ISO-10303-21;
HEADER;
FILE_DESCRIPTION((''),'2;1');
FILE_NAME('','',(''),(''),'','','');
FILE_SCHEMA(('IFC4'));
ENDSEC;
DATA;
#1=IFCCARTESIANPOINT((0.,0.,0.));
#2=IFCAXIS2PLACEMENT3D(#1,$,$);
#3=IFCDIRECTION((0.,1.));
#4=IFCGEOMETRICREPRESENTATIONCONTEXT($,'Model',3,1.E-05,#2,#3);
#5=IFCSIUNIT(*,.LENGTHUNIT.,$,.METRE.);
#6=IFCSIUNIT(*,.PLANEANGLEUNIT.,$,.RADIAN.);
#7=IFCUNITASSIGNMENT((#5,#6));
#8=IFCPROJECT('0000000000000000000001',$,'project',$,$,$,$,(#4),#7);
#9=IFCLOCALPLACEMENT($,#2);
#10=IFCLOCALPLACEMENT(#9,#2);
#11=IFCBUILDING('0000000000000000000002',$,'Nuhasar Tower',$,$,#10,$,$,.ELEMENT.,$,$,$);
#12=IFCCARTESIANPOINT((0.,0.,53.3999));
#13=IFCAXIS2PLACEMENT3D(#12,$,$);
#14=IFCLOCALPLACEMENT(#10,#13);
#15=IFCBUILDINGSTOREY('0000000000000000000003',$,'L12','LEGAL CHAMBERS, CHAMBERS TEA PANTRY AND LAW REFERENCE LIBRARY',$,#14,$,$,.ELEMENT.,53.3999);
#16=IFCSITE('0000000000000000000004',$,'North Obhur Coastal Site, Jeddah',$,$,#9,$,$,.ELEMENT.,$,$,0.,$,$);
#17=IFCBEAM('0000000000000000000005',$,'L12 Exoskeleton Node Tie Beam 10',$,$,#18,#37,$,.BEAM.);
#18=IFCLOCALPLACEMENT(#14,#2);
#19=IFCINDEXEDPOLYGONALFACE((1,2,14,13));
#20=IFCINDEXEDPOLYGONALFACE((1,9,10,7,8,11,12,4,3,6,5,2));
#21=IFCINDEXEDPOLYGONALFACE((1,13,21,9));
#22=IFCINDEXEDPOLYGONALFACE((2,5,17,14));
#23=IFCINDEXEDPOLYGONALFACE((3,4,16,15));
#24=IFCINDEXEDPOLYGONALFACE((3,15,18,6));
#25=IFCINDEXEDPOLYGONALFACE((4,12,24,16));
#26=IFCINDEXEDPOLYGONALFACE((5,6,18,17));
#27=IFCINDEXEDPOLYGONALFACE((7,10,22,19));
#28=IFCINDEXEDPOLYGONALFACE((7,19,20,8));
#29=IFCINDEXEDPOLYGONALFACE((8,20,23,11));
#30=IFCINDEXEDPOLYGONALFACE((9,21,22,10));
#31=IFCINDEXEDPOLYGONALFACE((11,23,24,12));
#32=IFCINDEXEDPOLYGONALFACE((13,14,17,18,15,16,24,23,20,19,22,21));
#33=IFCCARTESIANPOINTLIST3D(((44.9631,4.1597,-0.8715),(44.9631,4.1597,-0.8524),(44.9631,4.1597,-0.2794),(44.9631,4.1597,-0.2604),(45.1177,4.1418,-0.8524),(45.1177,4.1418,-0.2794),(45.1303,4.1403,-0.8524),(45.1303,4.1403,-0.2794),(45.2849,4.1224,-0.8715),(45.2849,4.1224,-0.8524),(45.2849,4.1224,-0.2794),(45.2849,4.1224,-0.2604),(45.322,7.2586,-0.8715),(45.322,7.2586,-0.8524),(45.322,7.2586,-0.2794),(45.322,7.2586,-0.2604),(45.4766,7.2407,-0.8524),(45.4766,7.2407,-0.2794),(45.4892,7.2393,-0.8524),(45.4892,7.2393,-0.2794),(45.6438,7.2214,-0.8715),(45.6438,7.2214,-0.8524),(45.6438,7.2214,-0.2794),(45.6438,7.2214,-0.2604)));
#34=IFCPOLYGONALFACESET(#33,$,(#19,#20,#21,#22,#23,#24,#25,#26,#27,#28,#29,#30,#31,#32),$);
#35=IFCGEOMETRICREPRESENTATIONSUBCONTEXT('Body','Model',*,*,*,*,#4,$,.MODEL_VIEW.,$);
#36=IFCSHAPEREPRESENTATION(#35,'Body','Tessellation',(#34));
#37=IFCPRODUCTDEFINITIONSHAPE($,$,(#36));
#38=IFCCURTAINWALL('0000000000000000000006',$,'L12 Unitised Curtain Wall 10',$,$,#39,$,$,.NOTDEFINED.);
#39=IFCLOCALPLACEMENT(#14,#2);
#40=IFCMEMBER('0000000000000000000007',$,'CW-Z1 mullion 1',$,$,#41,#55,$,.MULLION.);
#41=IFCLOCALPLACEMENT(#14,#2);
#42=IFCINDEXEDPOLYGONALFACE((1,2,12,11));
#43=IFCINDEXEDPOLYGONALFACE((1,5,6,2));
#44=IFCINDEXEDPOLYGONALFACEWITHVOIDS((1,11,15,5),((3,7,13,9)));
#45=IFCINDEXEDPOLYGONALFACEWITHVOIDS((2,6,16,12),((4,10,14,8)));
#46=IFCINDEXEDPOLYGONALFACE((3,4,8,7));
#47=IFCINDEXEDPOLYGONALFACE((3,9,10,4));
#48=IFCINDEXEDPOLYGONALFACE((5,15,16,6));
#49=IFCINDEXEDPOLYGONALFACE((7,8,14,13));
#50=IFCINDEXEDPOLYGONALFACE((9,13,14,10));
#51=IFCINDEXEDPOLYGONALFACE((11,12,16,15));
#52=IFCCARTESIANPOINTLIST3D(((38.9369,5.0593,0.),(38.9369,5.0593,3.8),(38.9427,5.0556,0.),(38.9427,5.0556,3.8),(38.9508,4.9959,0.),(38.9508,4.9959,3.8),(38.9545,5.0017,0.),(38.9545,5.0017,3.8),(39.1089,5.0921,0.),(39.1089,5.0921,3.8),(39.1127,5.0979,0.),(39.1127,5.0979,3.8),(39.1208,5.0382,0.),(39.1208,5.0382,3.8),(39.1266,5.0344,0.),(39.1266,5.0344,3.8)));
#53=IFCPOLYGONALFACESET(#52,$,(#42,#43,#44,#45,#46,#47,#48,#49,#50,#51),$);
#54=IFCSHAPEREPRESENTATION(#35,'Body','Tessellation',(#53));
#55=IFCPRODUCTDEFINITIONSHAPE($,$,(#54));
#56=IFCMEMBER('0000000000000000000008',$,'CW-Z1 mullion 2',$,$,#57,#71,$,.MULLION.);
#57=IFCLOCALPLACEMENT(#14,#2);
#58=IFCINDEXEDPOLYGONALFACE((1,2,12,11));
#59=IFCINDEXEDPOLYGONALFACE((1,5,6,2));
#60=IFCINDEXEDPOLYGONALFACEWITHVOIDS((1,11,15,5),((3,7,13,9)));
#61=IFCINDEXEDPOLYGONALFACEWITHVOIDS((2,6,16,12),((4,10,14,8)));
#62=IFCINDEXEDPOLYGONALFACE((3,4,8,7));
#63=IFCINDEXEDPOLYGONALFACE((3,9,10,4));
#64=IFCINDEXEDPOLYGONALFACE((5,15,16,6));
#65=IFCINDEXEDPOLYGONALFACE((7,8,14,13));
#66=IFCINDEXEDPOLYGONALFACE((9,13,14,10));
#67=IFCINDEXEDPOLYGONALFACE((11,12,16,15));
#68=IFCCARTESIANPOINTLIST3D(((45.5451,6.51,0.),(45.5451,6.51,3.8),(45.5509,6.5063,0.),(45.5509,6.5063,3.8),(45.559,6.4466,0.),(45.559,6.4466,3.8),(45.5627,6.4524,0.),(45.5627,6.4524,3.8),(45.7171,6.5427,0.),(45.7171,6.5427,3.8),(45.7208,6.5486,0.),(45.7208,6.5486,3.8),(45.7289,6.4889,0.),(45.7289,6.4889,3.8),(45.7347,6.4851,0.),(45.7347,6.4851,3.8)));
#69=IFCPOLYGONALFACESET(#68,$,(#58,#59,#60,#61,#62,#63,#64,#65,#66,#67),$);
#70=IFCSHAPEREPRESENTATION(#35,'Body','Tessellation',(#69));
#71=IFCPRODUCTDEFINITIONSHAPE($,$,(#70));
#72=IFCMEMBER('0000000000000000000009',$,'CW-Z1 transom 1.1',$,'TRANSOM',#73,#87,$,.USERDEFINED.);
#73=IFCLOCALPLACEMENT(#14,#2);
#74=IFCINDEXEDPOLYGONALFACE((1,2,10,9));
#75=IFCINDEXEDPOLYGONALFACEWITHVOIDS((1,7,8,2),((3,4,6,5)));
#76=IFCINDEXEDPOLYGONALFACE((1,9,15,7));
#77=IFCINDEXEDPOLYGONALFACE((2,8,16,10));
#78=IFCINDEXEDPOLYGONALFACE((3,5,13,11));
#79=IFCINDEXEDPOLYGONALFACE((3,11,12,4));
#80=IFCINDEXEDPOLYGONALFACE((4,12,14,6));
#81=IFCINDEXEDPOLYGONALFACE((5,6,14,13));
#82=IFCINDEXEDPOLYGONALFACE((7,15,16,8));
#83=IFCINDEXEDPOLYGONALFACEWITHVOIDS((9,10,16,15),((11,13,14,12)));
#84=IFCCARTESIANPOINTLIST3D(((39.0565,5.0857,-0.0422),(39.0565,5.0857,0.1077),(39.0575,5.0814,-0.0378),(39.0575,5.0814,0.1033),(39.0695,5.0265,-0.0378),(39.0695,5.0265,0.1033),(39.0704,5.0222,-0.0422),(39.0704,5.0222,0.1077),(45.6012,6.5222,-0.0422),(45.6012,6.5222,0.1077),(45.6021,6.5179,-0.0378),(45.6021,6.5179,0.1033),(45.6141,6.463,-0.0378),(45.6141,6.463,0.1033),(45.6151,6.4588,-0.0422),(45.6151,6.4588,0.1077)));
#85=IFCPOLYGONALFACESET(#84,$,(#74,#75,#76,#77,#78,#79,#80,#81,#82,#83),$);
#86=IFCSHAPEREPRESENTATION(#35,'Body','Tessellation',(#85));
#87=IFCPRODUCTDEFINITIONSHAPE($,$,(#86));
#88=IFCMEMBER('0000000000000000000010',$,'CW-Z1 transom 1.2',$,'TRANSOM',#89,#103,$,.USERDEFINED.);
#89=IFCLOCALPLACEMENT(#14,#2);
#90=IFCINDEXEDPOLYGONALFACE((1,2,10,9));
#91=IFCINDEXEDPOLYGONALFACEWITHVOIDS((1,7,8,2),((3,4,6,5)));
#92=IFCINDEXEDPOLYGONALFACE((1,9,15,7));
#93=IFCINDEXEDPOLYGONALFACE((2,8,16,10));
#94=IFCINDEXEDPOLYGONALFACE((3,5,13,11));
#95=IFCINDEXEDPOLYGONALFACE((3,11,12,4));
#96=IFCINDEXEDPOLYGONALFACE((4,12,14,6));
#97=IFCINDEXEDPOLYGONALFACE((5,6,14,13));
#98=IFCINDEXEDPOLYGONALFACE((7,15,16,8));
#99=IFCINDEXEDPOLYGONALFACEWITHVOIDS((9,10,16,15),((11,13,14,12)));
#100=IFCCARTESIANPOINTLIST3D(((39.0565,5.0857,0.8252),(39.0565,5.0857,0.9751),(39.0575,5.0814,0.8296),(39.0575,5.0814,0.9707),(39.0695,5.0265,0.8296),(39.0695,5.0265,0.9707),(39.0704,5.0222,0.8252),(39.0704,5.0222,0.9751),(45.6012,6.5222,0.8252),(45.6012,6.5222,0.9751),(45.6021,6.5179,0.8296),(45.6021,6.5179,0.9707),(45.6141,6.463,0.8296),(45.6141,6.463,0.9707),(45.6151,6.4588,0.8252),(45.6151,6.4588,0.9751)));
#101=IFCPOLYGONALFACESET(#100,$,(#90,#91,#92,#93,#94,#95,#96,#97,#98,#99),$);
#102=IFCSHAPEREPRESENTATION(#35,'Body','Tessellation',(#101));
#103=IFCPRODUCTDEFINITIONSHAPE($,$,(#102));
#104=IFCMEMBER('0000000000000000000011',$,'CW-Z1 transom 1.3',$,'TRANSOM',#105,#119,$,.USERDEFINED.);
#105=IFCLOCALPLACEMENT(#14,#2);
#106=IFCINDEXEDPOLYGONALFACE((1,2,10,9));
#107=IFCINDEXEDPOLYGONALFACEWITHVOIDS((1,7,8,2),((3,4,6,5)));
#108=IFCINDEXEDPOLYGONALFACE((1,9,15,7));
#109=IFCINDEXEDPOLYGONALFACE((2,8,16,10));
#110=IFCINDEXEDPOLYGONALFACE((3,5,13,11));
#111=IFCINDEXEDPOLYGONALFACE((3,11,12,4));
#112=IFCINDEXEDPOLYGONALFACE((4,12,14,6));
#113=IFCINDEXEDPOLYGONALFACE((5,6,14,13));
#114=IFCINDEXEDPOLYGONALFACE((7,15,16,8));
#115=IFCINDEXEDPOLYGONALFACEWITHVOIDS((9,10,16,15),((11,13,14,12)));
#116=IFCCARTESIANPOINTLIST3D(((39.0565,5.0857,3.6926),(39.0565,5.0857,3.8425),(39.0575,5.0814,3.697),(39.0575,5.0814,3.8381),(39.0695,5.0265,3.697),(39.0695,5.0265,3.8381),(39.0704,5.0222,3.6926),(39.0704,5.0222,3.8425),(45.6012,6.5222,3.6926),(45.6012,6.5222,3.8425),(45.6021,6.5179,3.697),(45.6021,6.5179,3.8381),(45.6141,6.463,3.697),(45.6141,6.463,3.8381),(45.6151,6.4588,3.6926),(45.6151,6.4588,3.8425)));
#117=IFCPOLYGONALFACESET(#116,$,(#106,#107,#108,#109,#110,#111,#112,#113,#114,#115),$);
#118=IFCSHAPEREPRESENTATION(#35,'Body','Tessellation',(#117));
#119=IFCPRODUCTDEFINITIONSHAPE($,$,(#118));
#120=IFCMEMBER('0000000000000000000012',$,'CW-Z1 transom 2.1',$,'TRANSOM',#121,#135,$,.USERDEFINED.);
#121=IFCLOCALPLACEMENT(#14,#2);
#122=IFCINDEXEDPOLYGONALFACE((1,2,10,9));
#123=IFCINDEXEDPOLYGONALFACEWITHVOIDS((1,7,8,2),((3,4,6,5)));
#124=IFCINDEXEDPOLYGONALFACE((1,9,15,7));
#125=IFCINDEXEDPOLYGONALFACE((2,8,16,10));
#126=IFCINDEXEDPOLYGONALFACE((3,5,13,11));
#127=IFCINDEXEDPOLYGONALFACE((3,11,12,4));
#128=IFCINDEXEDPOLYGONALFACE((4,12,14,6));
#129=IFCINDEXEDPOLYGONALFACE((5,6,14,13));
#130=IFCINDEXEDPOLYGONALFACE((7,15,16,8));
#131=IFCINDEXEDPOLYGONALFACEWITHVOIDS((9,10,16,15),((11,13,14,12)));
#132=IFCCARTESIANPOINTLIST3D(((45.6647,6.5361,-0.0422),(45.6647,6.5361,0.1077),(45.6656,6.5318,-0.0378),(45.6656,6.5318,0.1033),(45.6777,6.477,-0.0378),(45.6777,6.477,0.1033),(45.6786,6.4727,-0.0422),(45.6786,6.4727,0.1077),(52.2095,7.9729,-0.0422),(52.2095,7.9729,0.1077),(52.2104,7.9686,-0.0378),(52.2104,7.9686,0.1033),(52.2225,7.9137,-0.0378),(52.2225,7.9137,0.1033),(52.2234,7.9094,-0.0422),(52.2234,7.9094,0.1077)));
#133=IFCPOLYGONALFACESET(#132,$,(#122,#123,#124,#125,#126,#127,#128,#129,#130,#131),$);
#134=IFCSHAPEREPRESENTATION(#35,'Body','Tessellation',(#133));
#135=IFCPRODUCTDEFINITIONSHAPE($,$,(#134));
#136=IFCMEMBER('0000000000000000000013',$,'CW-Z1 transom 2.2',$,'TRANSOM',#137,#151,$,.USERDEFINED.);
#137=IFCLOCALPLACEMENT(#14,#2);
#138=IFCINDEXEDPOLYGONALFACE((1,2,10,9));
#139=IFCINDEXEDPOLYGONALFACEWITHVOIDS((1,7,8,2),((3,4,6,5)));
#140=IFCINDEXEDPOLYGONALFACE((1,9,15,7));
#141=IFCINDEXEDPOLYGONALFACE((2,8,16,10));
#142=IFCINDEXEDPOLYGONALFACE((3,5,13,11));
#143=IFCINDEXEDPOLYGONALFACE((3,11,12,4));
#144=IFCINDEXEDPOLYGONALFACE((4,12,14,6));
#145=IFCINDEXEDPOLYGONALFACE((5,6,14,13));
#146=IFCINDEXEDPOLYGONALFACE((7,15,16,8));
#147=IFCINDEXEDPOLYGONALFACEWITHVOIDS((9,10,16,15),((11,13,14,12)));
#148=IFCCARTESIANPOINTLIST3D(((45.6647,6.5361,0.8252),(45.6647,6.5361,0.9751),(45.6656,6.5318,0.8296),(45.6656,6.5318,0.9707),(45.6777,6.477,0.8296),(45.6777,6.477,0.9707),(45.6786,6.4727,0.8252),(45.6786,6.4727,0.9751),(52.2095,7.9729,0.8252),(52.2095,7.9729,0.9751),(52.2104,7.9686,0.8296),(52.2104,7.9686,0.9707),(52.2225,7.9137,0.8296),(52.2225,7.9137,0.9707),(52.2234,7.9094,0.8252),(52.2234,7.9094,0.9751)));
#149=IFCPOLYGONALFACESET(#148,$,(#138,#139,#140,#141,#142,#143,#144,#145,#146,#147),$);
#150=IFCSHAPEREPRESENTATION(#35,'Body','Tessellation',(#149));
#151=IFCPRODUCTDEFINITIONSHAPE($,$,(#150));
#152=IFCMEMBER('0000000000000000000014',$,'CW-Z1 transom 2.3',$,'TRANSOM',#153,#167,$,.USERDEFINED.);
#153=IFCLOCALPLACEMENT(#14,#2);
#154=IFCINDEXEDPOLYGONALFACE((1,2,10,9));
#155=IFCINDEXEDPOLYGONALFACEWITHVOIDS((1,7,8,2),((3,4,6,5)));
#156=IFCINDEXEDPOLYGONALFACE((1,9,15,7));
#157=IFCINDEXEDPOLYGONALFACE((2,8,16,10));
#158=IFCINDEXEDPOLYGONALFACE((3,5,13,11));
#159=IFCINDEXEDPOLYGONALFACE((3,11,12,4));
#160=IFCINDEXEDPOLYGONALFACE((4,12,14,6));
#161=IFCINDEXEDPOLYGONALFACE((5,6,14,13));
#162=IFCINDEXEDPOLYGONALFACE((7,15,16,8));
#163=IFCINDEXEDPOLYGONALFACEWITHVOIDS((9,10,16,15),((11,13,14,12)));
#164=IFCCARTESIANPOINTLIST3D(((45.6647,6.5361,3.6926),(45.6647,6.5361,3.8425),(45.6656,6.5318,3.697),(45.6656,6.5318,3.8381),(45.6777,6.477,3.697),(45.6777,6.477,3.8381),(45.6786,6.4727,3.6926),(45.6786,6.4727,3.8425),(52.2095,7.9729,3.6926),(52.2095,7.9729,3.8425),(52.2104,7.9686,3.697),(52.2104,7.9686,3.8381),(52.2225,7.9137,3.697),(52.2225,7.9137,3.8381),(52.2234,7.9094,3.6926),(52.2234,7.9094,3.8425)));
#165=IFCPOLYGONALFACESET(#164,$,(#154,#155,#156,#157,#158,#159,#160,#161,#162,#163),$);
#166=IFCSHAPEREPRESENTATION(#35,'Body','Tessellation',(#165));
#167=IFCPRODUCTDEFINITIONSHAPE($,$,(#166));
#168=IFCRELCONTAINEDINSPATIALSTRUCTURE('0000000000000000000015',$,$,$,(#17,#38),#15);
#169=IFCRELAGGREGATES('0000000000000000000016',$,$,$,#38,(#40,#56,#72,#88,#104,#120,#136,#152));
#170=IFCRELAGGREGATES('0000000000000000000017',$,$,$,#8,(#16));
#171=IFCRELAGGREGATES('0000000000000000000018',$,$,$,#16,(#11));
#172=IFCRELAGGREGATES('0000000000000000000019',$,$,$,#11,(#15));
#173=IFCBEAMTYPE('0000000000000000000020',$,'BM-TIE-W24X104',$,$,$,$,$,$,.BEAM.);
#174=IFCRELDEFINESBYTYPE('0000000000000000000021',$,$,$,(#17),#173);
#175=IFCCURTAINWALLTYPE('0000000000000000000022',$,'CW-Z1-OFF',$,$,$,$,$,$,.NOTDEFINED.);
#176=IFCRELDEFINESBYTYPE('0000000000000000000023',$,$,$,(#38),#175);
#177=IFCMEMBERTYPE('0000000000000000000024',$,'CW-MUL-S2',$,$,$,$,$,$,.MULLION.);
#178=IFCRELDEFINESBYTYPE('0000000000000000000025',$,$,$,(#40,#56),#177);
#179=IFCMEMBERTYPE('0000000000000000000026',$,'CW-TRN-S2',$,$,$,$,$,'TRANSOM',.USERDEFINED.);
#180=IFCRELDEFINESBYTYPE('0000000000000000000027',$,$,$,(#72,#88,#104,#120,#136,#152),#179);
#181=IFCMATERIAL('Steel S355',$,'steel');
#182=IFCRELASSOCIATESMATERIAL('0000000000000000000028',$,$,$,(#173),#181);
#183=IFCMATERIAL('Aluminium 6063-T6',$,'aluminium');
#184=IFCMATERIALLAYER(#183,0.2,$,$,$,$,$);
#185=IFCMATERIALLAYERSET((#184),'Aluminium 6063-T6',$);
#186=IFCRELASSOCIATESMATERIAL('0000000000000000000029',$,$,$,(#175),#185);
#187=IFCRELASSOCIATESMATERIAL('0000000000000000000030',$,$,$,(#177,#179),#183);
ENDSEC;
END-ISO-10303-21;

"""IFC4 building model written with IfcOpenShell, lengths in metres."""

from ifc_helpers import new_model, si_unit, direction, frame, origin, origin_2d, place, context, subcontext, project, spatial, hollow_rectangle, i_section, extrude, material, layer, layer_set, material_profile, profile_set, type_object, element, aggregate, save


model = new_model("IFC4")

# Units and contexts
model_context = context("Model", 3, precision=1e-05, world=origin(), true_north=direction((0.0, 1.0)))
body_context = subcontext(model_context, "Body", "Model", "MODEL_VIEW")
ifc_project = project(units=[si_unit("LENGTHUNIT", "METRE"), si_unit("PLANEANGLEUNIT", "RADIAN")], contexts=[model_context])

# Site, building, storey
site_placement = place(None, origin())
site = spatial("IfcSite", under=ifc_project, at=site_placement, Name="North Obhur Coastal Site, Jeddah", CompositionType="ELEMENT", RefElevation=0.0)
building_placement = place(site_placement, origin())
building = spatial("IfcBuilding", under=site, at=building_placement, Name="Nuhasar Tower", CompositionType="ELEMENT")
storey_placement = place(building_placement, frame((0.0, 0.0, 53.3999)))
storey = spatial("IfcBuildingStorey", under=building, at=storey_placement, Name="L12", Description="LEGAL CHAMBERS, CHAMBERS TEA PANTRY AND LAW REFERENCE LIBRARY", CompositionType="ELEMENT", Elevation=53.3999)

# Beam
ifc_material_1 = material(Name="Steel S355", Category="steel")
ifc_material_profile_1 = material_profile(ifc_material_1, i_section(OverallWidth=0.324, OverallDepth=0.6111, WebThickness=0.0127, FlangeThickness=0.019, at=origin_2d()), Name="W24X104")
ifc_profile_set_1 = profile_set([ifc_material_profile_1], Name="Steel S355")
beam_type_1 = type_object("IfcBeamType", Name="BM-TIE-W24X104", PredefinedType="BEAM", material=ifc_profile_set_1)
beam_1_placement = place(storey_placement, frame((45.4829, 7.24, -0.5659), z_axis=(-0.115043, -0.993361, 0.0), x_axis=(0.993361, -0.115043, 0.0)))
element("IfcBeam", 1, at=beam_1_placement, inside=storey, type_object=beam_type_1, Name="L12 Exoskeleton Node Tie Beam 10", PredefinedType="BEAM", context=body_context, shape_type="SweptSolid", body=[
    extrude(i_section(OverallWidth=0.324, OverallDepth=0.6111, WebThickness=0.0127, FlangeThickness=0.019, at=origin_2d()), origin(), (0.0, 0.0, 1.0), 3.1196),
])

# Curtain wall, members
ifc_material_2 = material(Name="Aluminium 6063-T6", Category="aluminium")
ifc_layer_1 = layer(ifc_material_2, 0.2)
ifc_layer_set_1 = layer_set([ifc_layer_1], Name="Aluminium 6063-T6")
curtain_wall_type = type_object("IfcCurtainWallType", Name="CW-Z1-OFF", PredefinedType="NOTDEFINED", material=ifc_layer_set_1)
curtain_wall_placement = place(storey_placement, origin())
curtain_wall = element("IfcCurtainWall", 2, at=curtain_wall_placement, inside=storey, type_object=curtain_wall_type, Name="L12 Unitised Curtain Wall 10", PredefinedType="NOTDEFINED")
ifc_material_profile_2 = material_profile(ifc_material_2, hollow_rectangle(XDim=0.0649, YDim=0.1799, WallThickness=0.0049, at=origin_2d()), Name="CWM-2")
ifc_profile_set_2 = profile_set([ifc_material_profile_2], Name="Aluminium 6063-T6")
member_type_1 = type_object("IfcMemberType", Name="CW-MUL-S2", PredefinedType="MULLION", material=ifc_profile_set_2)
member_1_placement = place(storey_placement, frame((39.0317, 5.0469, 0.0), z_axis=(0.0, 0.0, 1.0), x_axis=(-0.214399, 0.976746, 0.0)))
member_1 = element("IfcMember", 3, at=member_1_placement, type_object=member_type_1, Name="CW-Z1 mullion 1", PredefinedType="MULLION", context=body_context, shape_type="SweptSolid", body=[
    extrude(hollow_rectangle(XDim=0.0649, YDim=0.1799, WallThickness=0.0049, at=origin_2d()), origin(), (0.0, 0.0, 1.0), 3.8),
])
member_2_placement = place(storey_placement, frame((45.6399, 6.4976, 0.0), z_axis=(0.0, 0.0, 1.0), x_axis=(-0.214399, 0.976746, 0.0)))
member_2 = element("IfcMember", 4, at=member_2_placement, type_object=member_type_1, Name="CW-Z1 mullion 2", PredefinedType="MULLION", context=body_context, shape_type="SweptSolid", body=[
    extrude(hollow_rectangle(XDim=0.0649, YDim=0.1799, WallThickness=0.0049, at=origin_2d()), origin(), (0.0, 0.0, 1.0), 3.8),
])
ifc_material_profile_3 = material_profile(ifc_material_2, hollow_rectangle(XDim=0.0649, YDim=0.1499, WallThickness=0.0044, at=origin_2d()), Name="CWT-2")
ifc_profile_set_3 = profile_set([ifc_material_profile_3], Name="Aluminium 6063-T6")
member_type_2 = type_object("IfcMemberType", Name="CW-TRN-S2", ElementType="TRANSOM", PredefinedType="USERDEFINED", material=ifc_profile_set_3)
member_3_placement = place(storey_placement, frame((39.0635, 5.054, 0.0327), z_axis=(0.976748, 0.214391, 0.0), x_axis=(-0.214391, 0.976748, 0.0)))
member_3 = element("IfcMember", 5, at=member_3_placement, type_object=member_type_2, Name="CW-Z1 transom 1.1", ObjectType="TRANSOM", PredefinedType="USERDEFINED", context=body_context, shape_type="SweptSolid", body=[
    extrude(hollow_rectangle(XDim=0.0649, YDim=0.1499, WallThickness=0.0044, at=origin_2d()), origin(), (0.0, 0.0, 1.0), 6.7004),
])
member_4_placement = place(storey_placement, frame((39.0635, 5.054, 0.9001), z_axis=(0.976748, 0.214391, 0.0), x_axis=(-0.214391, 0.976748, 0.0)))
member_4 = element("IfcMember", 6, at=member_4_placement, type_object=member_type_2, Name="CW-Z1 transom 1.2", ObjectType="TRANSOM", PredefinedType="USERDEFINED", context=body_context, shape_type="SweptSolid", body=[
    extrude(hollow_rectangle(XDim=0.0649, YDim=0.1499, WallThickness=0.0044, at=origin_2d()), origin(), (0.0, 0.0, 1.0), 6.7004),
])
member_5_placement = place(storey_placement, frame((39.0635, 5.054, 3.7676), z_axis=(0.976748, 0.214391, 0.0), x_axis=(-0.214391, 0.976748, 0.0)))
member_5 = element("IfcMember", 7, at=member_5_placement, type_object=member_type_2, Name="CW-Z1 transom 1.3", ObjectType="TRANSOM", PredefinedType="USERDEFINED", context=body_context, shape_type="SweptSolid", body=[
    extrude(hollow_rectangle(XDim=0.0649, YDim=0.1499, WallThickness=0.0044, at=origin_2d()), origin(), (0.0, 0.0, 1.0), 6.7004),
])
member_6_placement = place(storey_placement, frame((45.6716, 6.5044, 0.0327), z_axis=(0.976742, 0.214418, 0.0), x_axis=(-0.214418, 0.976742, 0.0)))
member_6 = element("IfcMember", 8, at=member_6_placement, type_object=member_type_2, Name="CW-Z1 transom 2.1", ObjectType="TRANSOM", PredefinedType="USERDEFINED", context=body_context, shape_type="SweptSolid", body=[
    extrude(hollow_rectangle(XDim=0.0649, YDim=0.1499, WallThickness=0.0044, at=origin_2d()), origin(), (0.0, 0.0, 1.0), 6.7007),
])
member_7_placement = place(storey_placement, frame((45.6716, 6.5044, 0.9001), z_axis=(0.976742, 0.214418, 0.0), x_axis=(-0.214418, 0.976742, 0.0)))
member_7 = element("IfcMember", 9, at=member_7_placement, type_object=member_type_2, Name="CW-Z1 transom 2.2", ObjectType="TRANSOM", PredefinedType="USERDEFINED", context=body_context, shape_type="SweptSolid", body=[
    extrude(hollow_rectangle(XDim=0.0649, YDim=0.1499, WallThickness=0.0044, at=origin_2d()), origin(), (0.0, 0.0, 1.0), 6.7007),
])
member_8_placement = place(storey_placement, frame((45.6716, 6.5044, 3.7676), z_axis=(0.976742, 0.214418, 0.0), x_axis=(-0.214418, 0.976742, 0.0)))
member_8 = element("IfcMember", 10, at=member_8_placement, type_object=member_type_2, Name="CW-Z1 transom 2.3", ObjectType="TRANSOM", PredefinedType="USERDEFINED", context=body_context, shape_type="SweptSolid", body=[
    extrude(hollow_rectangle(XDim=0.0649, YDim=0.1499, WallThickness=0.0044, at=origin_2d()), origin(), (0.0, 0.0, 1.0), 6.7007),
])

aggregate(curtain_wall, [member_1, member_2, member_3, member_4, member_5, member_6, member_7, member_8])

save(model, "model.ifc")
